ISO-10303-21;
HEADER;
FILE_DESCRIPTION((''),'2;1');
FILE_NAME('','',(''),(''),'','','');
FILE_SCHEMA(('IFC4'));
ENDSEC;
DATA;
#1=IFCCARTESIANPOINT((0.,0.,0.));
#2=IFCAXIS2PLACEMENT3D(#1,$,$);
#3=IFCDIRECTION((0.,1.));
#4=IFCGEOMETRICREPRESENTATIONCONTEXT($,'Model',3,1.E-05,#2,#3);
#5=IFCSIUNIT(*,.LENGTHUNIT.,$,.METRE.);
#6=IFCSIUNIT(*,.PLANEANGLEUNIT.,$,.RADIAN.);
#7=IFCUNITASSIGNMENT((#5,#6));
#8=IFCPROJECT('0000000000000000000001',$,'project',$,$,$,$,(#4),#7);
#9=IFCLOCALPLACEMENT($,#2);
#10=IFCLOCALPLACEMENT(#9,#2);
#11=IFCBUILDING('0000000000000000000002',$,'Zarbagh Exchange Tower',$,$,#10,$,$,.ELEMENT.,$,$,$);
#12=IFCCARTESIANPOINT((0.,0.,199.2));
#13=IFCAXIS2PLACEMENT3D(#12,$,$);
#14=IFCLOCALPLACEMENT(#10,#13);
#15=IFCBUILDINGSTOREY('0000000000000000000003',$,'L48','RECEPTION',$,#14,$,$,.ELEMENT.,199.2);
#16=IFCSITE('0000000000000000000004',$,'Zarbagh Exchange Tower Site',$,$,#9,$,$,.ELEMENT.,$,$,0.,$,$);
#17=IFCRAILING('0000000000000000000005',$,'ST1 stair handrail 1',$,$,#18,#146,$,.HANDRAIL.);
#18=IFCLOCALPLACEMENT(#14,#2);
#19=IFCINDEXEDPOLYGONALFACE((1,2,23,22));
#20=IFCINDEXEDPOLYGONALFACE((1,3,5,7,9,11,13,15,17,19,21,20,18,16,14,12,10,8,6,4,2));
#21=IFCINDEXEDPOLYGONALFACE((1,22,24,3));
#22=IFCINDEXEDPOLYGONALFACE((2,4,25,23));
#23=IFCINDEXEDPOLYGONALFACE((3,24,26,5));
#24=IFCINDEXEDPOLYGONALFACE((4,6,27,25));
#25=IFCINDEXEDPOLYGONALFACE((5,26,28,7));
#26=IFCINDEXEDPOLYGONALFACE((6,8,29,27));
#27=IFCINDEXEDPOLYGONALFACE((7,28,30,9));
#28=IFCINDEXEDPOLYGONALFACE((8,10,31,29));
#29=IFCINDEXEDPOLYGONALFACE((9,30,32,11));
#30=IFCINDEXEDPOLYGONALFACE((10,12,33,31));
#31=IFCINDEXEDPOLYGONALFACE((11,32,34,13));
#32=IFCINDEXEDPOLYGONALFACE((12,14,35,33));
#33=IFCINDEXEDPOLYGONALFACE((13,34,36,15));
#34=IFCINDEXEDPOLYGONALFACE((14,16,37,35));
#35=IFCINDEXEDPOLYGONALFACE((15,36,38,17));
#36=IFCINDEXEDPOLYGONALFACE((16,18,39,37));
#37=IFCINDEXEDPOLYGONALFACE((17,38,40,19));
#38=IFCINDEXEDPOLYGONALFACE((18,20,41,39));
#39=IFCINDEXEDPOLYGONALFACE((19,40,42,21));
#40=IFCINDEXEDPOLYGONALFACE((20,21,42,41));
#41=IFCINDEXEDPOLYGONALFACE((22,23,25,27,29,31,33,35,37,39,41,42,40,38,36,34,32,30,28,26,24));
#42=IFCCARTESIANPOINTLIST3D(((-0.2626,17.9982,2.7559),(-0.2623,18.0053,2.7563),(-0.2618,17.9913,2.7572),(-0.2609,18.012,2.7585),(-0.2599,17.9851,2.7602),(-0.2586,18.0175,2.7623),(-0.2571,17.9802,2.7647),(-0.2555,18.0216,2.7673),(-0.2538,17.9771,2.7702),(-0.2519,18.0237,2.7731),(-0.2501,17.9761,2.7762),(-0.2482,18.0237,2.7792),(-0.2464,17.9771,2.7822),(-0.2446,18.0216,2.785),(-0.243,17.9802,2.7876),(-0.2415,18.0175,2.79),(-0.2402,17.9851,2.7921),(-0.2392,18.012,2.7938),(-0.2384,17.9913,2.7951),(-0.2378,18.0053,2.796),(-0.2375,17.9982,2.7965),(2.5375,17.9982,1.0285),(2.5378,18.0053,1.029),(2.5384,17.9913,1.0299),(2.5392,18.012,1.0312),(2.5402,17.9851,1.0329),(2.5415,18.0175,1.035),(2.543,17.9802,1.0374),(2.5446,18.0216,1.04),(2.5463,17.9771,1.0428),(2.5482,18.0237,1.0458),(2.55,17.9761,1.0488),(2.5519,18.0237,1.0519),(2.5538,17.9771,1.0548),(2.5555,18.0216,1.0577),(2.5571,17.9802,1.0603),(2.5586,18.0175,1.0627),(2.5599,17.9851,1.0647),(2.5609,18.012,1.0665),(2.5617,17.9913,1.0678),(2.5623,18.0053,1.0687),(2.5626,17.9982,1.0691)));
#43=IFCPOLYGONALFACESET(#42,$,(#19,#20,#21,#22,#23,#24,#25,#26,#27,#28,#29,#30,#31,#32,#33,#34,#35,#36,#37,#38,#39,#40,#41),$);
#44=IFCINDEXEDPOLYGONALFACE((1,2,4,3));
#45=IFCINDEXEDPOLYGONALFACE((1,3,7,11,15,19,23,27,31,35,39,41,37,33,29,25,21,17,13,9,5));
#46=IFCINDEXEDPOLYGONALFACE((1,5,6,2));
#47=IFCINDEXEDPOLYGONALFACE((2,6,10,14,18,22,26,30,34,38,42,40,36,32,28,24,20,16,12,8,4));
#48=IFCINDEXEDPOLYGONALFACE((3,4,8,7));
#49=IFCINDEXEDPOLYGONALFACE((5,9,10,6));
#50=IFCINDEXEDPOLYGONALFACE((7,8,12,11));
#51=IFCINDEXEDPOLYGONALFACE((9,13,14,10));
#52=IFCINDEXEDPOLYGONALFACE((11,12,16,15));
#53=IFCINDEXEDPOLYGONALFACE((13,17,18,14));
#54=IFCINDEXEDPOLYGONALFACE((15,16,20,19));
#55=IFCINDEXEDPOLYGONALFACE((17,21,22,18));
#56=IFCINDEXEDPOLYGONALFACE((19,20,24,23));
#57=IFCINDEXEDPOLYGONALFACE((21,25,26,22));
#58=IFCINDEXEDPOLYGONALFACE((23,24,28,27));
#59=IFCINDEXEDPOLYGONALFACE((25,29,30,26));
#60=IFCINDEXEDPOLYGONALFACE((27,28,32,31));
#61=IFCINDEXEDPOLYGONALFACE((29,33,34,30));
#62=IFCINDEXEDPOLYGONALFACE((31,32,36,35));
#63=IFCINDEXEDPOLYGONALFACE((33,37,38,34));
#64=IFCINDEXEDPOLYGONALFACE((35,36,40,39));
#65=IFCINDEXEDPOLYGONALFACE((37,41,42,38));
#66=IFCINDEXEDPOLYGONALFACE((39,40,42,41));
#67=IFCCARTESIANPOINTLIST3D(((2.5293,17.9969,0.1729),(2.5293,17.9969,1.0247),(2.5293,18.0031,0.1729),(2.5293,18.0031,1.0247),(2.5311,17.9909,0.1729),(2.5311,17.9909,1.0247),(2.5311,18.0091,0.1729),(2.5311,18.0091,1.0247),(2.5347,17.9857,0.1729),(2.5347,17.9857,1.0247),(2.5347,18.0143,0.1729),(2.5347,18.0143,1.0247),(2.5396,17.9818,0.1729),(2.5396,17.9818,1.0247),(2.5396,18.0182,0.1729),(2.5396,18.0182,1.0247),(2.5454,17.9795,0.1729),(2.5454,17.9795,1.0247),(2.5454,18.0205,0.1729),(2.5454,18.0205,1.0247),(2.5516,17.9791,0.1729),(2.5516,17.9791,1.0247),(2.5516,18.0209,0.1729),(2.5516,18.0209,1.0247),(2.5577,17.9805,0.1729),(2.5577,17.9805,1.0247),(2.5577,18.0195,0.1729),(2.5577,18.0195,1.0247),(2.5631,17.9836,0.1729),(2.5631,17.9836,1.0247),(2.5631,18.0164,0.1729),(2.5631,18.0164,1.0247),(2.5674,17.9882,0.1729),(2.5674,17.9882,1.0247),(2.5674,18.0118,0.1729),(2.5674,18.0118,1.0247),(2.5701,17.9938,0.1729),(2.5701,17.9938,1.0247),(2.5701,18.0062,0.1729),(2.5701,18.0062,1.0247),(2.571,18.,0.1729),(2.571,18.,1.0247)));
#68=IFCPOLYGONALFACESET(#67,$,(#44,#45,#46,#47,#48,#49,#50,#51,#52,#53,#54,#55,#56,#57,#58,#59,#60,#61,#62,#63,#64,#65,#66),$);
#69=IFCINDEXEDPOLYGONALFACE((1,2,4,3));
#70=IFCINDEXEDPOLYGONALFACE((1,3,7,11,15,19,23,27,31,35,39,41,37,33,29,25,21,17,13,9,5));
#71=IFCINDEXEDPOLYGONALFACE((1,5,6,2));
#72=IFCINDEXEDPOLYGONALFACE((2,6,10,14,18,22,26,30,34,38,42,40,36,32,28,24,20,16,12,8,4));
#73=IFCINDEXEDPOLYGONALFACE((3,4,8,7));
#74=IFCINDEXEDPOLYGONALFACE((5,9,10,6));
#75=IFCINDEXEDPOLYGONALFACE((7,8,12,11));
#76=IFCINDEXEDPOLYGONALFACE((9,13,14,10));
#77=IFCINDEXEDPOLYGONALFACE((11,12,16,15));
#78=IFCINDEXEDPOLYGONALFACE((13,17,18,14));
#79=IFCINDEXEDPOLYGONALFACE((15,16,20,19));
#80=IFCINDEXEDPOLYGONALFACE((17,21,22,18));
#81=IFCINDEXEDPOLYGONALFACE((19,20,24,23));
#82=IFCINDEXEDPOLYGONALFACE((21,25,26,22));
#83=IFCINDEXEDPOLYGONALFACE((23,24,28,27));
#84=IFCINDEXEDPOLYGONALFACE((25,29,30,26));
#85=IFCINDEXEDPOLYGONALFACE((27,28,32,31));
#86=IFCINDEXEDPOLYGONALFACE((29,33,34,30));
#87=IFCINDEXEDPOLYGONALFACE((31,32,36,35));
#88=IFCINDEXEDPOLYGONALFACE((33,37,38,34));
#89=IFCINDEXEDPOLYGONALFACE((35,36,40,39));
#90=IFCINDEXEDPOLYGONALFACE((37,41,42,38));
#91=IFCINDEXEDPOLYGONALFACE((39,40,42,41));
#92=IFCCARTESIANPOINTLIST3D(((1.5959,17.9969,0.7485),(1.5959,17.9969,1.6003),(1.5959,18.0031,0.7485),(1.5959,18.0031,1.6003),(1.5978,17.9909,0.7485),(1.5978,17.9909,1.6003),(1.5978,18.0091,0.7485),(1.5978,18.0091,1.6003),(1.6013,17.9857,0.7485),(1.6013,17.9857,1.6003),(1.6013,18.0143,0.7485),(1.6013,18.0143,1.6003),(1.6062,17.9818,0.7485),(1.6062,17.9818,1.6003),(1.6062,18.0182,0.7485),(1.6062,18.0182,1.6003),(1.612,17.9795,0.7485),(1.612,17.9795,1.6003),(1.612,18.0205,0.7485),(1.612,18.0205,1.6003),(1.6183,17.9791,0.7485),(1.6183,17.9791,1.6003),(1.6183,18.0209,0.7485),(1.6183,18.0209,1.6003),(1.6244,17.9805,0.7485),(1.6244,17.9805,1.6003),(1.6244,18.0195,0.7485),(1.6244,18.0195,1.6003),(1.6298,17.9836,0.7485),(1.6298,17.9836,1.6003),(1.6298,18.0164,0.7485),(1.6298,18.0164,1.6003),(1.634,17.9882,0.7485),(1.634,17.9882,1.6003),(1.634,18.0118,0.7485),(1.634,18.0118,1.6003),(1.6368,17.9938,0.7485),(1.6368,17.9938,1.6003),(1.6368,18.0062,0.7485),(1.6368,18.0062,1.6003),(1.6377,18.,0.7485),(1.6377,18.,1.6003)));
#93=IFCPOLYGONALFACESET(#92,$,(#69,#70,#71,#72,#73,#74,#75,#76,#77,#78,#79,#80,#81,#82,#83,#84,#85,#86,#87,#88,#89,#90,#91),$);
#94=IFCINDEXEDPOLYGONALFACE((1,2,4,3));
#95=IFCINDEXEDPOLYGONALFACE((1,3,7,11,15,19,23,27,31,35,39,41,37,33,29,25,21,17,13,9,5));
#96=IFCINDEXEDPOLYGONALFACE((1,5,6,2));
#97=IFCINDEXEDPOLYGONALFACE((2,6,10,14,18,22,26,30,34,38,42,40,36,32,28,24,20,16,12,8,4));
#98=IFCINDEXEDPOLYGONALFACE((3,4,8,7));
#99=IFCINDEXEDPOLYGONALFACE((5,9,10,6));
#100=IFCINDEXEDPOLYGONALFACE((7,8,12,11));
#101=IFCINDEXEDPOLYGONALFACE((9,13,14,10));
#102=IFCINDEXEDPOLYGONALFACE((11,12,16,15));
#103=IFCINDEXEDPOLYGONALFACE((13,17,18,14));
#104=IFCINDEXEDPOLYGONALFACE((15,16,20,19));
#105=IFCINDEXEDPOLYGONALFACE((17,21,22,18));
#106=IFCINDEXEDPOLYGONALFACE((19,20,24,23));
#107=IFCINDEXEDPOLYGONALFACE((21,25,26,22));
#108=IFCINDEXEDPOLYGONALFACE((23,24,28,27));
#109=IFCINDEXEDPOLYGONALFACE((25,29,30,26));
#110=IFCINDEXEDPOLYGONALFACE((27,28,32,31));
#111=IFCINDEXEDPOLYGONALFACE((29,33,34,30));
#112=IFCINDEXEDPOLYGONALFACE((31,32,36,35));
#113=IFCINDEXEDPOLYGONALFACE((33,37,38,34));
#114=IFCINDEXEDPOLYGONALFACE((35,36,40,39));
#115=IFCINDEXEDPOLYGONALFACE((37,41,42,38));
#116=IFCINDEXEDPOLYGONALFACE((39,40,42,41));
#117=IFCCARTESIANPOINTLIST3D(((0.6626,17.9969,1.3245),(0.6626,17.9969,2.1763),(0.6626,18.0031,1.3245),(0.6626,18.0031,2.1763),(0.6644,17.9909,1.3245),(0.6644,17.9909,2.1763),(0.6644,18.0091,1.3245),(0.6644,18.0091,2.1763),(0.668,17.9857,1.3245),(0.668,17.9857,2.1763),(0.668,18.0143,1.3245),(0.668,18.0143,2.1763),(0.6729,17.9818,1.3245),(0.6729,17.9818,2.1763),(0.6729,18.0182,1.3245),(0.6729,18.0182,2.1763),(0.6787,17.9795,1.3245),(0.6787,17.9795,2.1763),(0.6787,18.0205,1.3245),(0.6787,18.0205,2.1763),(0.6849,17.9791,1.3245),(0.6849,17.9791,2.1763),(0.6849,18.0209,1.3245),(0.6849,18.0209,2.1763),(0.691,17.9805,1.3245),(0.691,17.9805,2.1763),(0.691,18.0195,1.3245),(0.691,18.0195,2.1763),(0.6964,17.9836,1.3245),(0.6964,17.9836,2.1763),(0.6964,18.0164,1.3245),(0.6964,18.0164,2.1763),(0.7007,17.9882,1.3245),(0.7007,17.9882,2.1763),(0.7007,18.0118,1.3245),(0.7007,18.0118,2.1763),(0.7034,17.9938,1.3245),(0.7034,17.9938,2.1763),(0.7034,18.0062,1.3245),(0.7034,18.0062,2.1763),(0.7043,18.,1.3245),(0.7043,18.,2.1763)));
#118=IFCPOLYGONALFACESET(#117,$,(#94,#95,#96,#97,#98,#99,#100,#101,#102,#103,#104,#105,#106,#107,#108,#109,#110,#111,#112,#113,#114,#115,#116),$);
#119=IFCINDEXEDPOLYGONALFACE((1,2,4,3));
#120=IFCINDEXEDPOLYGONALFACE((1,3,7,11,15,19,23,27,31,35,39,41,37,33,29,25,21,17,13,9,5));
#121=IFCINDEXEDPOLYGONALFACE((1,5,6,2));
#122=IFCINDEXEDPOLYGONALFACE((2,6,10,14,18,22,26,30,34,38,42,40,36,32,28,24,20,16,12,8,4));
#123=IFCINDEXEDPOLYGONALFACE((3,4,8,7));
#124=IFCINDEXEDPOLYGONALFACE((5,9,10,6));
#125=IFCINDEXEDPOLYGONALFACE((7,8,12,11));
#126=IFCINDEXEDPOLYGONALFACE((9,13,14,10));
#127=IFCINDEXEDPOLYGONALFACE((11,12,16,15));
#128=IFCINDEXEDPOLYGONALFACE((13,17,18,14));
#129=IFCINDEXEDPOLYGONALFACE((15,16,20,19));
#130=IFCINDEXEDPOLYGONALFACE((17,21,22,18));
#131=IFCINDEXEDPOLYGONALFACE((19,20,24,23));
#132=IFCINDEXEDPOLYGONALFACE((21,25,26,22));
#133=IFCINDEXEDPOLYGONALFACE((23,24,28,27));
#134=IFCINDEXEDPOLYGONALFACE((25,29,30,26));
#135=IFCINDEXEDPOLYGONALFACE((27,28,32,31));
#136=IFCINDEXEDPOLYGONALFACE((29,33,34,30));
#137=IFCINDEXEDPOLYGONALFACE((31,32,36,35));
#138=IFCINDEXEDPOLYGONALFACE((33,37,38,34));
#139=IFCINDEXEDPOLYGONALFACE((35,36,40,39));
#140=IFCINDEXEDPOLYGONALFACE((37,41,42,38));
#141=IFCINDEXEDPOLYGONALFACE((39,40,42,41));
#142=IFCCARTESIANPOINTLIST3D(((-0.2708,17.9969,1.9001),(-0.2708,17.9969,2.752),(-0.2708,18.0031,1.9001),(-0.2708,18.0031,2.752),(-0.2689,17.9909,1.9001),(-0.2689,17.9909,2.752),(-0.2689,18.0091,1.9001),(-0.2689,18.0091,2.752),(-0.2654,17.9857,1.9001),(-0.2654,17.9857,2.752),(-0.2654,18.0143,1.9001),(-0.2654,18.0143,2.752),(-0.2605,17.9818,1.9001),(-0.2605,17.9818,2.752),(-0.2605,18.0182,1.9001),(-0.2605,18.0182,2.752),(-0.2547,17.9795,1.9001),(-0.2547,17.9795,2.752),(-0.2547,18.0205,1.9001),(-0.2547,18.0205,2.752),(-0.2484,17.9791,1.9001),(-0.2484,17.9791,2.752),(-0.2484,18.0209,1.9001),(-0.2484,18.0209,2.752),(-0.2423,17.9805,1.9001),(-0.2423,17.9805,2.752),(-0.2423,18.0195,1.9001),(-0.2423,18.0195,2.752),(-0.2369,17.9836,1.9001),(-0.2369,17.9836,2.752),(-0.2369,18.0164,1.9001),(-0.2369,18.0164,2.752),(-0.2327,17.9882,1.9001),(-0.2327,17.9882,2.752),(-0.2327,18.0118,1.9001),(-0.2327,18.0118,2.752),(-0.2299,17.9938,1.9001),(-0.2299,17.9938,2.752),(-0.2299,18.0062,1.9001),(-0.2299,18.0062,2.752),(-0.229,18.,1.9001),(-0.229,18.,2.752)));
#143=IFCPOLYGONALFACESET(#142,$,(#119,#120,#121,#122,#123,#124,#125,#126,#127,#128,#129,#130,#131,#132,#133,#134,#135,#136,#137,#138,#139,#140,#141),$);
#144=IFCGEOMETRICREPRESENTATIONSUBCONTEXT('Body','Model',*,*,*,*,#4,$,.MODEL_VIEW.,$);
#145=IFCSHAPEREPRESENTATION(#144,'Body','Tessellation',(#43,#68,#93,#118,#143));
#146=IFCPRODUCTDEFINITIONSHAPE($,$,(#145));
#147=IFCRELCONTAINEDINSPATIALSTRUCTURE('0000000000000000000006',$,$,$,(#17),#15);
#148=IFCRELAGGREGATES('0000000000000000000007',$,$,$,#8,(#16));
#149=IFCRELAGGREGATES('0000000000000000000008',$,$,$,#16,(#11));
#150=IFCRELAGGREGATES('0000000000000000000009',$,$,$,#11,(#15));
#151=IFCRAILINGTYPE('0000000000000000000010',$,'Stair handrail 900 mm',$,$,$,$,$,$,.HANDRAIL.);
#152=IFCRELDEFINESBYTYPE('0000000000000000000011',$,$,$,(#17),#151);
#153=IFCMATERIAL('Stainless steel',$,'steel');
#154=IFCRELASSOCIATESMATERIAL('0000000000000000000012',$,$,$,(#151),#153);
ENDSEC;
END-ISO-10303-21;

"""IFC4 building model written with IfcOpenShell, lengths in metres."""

from ifc_helpers import new_model, si_unit, direction, frame, origin, origin_2d, place, context, subcontext, project, spatial, circle, extrude, material, type_object, element, save


model = new_model("IFC4")

# Units and contexts
model_context = context("Model", 3, precision=1e-05, world=origin(), true_north=direction((0.0, 1.0)))
body_context = subcontext(model_context, "Body", "Model", "MODEL_VIEW")
ifc_project = project(units=[si_unit("LENGTHUNIT", "METRE"), si_unit("PLANEANGLEUNIT", "RADIAN")], contexts=[model_context])

# Site, building, storey
site_placement = place(None, origin())
site = spatial("IfcSite", under=ifc_project, at=site_placement, Name="Zarbagh Exchange Tower Site", CompositionType="ELEMENT", RefElevation=0.0)
building_placement = place(site_placement, origin())
building = spatial("IfcBuilding", under=site, at=building_placement, Name="Zarbagh Exchange Tower", CompositionType="ELEMENT")
storey_placement = place(building_placement, frame((0.0, 0.0, 199.2)))
storey = spatial("IfcBuildingStorey", under=building, at=storey_placement, Name="L48", Description="RECEPTION", CompositionType="ELEMENT", Elevation=199.2)

# Shared definitions
ifc_material_1 = material(Name="Stainless steel", Category="steel")

# Railing
railing_type_1 = type_object("IfcRailingType", Name="Stair handrail 900 mm", PredefinedType="HANDRAIL", material=ifc_material_1)
railing_1_placement = place(storey_placement, frame((2.55, 18.0, 0.1729)))
element("IfcRailing", 1, at=railing_1_placement, inside=storey, type_object=railing_type_1, Name="ST1 stair handrail 1", PredefinedType="HANDRAIL", context=body_context, shape_type="SweptSolid", body=[
    extrude(circle(Radius=0.0239, at=origin_2d()), frame((0.0, 0.0, 0.876), z_axis=(-0.85109, 0.0, 0.52502), x_axis=(0.0, -1.0, 0.0)), (0.0, 0.0, 1.0), 3.29),
    extrude(circle(Radius=0.021, at=origin_2d()), origin(), (0.0, 0.0, 1.0), 0.8518),
    extrude(circle(Radius=0.021, at=origin_2d()), frame((-0.9333, 0.0, 0.5757)), (0.0, 0.0, 1.0), 0.8518),
    extrude(circle(Radius=0.021, at=origin_2d()), frame((-1.8667, 0.0, 1.1516)), (0.0, 0.0, 1.0), 0.8518),
    extrude(circle(Radius=0.021, at=origin_2d()), frame((-2.8, 0.0, 1.7273)), (0.0, 0.0, 1.0), 0.8518),
])

save(model, "model.ifc")
